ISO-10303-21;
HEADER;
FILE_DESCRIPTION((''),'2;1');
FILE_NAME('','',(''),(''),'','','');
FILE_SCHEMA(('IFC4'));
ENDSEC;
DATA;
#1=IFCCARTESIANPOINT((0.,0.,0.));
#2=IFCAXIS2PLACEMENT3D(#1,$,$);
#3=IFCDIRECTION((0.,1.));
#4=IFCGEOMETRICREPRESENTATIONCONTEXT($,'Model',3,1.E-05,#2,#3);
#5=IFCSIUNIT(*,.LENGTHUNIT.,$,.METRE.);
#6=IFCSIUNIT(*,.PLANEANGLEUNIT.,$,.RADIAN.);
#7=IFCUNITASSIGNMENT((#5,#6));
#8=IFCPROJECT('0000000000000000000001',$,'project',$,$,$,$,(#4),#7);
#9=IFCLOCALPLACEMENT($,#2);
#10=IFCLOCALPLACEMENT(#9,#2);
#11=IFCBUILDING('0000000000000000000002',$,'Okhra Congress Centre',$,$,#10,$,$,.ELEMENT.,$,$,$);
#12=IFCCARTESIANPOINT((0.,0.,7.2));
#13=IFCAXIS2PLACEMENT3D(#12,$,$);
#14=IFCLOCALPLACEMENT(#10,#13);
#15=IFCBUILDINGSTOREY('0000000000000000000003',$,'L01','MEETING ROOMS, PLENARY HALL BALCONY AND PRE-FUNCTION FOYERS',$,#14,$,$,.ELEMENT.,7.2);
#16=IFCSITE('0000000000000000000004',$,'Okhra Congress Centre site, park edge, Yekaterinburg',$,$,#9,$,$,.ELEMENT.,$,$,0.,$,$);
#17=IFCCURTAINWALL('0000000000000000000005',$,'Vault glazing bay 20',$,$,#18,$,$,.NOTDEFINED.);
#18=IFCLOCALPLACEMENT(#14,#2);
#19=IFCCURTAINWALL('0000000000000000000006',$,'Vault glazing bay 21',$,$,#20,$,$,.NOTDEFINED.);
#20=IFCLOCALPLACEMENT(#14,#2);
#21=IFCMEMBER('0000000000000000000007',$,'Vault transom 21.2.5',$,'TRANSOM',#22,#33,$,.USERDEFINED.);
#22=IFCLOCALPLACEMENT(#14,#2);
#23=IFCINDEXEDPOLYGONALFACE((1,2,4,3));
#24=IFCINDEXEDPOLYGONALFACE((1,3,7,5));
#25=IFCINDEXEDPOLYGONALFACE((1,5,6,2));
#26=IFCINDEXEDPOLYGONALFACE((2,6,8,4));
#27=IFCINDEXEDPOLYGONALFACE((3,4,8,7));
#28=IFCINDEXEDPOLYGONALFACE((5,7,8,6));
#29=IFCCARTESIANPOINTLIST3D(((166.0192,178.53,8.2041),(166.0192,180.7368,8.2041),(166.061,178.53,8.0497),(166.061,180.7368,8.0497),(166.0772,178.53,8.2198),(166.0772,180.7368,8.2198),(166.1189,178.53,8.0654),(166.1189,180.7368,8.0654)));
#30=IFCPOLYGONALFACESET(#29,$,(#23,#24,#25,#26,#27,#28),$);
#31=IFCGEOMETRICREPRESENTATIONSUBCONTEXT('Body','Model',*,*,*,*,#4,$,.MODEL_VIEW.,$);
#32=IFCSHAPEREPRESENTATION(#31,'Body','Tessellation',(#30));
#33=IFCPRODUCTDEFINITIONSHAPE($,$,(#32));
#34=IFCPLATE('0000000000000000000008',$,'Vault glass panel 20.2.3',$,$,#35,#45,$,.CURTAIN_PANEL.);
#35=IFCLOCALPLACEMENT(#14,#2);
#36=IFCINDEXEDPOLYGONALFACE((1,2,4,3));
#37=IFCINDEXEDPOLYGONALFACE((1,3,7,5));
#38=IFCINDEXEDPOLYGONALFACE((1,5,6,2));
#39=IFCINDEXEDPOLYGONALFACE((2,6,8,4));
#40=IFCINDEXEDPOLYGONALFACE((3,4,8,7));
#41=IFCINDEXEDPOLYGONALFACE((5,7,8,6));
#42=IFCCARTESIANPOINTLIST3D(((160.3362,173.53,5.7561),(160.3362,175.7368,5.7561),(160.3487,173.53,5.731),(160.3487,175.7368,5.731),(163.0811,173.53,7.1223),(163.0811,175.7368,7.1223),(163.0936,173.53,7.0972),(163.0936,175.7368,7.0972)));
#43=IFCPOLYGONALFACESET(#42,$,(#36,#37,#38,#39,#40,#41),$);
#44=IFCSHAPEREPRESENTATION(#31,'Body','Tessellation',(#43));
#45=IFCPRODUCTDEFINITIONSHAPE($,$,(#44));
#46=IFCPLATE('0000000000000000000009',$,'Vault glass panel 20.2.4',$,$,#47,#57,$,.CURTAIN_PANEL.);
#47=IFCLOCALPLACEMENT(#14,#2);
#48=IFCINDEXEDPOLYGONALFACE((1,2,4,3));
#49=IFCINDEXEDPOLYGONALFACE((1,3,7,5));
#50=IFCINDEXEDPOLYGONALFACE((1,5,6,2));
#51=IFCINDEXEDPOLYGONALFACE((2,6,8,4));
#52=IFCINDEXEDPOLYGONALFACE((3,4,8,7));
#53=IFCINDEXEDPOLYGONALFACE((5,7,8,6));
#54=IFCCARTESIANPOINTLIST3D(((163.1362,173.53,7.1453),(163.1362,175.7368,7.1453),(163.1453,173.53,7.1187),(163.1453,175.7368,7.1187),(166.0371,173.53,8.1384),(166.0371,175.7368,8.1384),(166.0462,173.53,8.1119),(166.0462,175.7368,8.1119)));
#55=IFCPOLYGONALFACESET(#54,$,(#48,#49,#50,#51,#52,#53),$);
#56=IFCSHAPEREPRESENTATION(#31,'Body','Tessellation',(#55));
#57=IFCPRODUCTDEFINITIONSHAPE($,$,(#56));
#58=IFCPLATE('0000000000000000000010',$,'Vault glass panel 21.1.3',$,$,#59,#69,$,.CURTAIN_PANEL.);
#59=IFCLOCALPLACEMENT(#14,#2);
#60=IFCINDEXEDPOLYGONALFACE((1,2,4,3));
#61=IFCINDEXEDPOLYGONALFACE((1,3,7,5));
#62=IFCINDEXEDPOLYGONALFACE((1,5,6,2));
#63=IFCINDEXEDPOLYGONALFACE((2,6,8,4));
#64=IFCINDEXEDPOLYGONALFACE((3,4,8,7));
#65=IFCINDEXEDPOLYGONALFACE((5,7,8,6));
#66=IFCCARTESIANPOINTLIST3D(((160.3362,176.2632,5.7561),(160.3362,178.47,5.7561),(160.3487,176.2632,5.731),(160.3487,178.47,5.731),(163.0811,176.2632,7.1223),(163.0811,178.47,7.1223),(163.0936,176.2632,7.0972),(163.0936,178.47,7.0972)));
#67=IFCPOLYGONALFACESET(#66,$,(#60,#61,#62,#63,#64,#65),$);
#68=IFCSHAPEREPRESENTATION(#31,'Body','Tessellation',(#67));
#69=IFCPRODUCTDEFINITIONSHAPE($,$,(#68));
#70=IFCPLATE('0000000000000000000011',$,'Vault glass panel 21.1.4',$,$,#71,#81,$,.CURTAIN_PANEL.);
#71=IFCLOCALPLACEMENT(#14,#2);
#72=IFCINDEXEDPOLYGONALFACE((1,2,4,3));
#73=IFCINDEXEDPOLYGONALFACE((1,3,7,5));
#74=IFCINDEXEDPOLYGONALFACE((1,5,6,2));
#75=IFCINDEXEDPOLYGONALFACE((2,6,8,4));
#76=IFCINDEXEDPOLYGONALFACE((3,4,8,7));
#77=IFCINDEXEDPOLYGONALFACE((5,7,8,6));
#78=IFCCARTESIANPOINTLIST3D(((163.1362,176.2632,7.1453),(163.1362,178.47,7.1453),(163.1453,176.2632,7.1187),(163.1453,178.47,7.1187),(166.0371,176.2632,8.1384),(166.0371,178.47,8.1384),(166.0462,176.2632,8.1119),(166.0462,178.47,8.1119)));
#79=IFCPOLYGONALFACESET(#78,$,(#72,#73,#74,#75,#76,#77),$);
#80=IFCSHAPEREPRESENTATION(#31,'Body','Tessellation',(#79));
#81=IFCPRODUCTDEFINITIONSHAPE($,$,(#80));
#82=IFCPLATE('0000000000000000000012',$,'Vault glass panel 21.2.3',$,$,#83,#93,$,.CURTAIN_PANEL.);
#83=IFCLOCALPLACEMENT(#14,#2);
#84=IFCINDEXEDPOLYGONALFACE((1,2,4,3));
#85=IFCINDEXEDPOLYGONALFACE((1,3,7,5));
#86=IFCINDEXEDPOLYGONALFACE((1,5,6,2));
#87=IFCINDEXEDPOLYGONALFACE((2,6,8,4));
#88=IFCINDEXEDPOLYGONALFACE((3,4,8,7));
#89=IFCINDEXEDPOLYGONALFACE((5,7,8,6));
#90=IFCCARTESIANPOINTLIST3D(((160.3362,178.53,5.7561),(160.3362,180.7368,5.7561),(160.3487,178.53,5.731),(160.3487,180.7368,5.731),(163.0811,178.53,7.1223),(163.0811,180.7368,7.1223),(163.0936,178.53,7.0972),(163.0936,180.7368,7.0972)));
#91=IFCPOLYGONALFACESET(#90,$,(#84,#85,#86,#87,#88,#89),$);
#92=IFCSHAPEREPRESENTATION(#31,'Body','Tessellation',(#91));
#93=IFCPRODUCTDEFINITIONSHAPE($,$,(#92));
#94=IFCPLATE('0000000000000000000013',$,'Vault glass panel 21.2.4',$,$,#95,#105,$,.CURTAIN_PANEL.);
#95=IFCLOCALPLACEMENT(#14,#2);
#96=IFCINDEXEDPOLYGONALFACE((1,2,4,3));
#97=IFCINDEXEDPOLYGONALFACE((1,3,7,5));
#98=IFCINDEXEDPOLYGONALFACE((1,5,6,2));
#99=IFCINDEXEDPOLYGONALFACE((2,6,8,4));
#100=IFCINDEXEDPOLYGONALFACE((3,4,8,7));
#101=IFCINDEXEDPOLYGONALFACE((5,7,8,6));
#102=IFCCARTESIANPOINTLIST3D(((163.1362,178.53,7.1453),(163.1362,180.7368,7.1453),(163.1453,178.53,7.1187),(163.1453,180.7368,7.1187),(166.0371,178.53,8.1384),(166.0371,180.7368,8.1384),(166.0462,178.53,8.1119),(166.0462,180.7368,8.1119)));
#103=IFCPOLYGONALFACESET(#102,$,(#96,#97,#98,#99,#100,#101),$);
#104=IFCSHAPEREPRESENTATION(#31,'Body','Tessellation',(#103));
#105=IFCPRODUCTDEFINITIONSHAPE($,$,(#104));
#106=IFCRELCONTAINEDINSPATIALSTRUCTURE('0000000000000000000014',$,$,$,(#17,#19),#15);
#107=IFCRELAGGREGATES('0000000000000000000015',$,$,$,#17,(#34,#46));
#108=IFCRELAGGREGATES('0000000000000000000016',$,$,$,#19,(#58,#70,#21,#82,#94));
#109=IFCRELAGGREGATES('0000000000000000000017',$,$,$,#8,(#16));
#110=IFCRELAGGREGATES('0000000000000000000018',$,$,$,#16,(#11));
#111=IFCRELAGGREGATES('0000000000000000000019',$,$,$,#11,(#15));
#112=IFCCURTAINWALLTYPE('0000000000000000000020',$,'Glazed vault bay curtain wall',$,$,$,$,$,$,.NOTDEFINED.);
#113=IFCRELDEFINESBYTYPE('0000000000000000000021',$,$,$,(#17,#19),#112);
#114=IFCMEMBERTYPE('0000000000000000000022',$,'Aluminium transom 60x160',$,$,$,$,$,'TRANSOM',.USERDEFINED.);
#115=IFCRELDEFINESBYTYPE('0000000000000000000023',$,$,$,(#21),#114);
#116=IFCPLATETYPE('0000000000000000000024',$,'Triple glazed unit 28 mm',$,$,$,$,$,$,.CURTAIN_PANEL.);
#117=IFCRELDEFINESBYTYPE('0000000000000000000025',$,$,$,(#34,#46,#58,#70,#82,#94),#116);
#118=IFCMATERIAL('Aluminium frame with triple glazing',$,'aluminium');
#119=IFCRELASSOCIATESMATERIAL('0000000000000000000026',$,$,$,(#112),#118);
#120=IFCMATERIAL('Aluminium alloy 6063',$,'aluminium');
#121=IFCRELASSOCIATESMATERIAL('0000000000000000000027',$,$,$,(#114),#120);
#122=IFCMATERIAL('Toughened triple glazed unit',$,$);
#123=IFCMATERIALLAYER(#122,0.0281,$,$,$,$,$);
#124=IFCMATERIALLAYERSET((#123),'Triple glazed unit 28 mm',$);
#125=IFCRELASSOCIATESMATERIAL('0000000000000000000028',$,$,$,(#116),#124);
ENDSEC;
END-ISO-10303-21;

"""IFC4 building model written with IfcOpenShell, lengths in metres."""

from ifc_helpers import new_model, si_unit, direction, frame, origin, origin_2d, place, context, subcontext, project, spatial, polyline, rectangle, outline, extrude, material, layer, layer_set, material_profile, profile_set, type_object, element, aggregate, save


model = new_model("IFC4")

# Units and contexts
model_context = context("Model", 3, precision=1e-05, world=origin(), true_north=direction((0.0, 1.0)))
body_context = subcontext(model_context, "Body", "Model", "MODEL_VIEW")
ifc_project = project(units=[si_unit("LENGTHUNIT", "METRE"), si_unit("PLANEANGLEUNIT", "RADIAN")], contexts=[model_context])

# Site, building, storey
site_placement = place(None, origin())
site = spatial("IfcSite", under=ifc_project, at=site_placement, Name="Okhra Congress Centre site, park edge, Yekaterinburg", CompositionType="ELEMENT", RefElevation=0.0)
building_placement = place(site_placement, origin())
building = spatial("IfcBuilding", under=site, at=building_placement, Name="Okhra Congress Centre", CompositionType="ELEMENT")
storey_placement = place(building_placement, frame((0.0, 0.0, 7.2)))
storey = spatial("IfcBuildingStorey", under=building, at=storey_placement, Name="L01", Description="MEETING ROOMS, PLENARY HALL BALCONY AND PRE-FUNCTION FOYERS", CompositionType="ELEMENT", Elevation=7.2)

# Curtain walls
ifc_material_1 = material(Name="Aluminium frame with triple glazing", Category="aluminium")
curtain_wall_type = type_object("IfcCurtainWallType", Name="Glazed vault bay curtain wall", PredefinedType="NOTDEFINED", material=ifc_material_1)
curtain_wall_1_placement = place(storey_placement, origin())
curtain_wall_1 = element("IfcCurtainWall", 1, at=curtain_wall_1_placement, inside=storey, type_object=curtain_wall_type, Name="Vault glazing bay 20", PredefinedType="NOTDEFINED")
ifc_material_2 = material(Name="Aluminium alloy 6063", Category="aluminium")
curtain_wall_2_placement = place(storey_placement, origin())
curtain_wall_2 = element("IfcCurtainWall", 2, at=curtain_wall_2_placement, inside=storey, type_object=curtain_wall_type, Name="Vault glazing bay 21", PredefinedType="NOTDEFINED")

# Member
ifc_material_profile_1 = material_profile(ifc_material_2, rectangle(XDim=0.0601, YDim=0.1599, at=origin_2d()), Name="AL 60x160 transom")
ifc_profile_set_1 = profile_set([ifc_material_profile_1], Name="Aluminium alloy 6063")
member_type_1 = type_object("IfcMemberType", Name="Aluminium transom 60x160", ElementType="TRANSOM", PredefinedType="USERDEFINED", material=ifc_profile_set_1)
member_1_placement = place(storey_placement, frame((166.0691, 178.53, 8.1348), z_axis=(0.0, 1.0, 0.0), x_axis=(-0.96538, 0.0, -0.260848)))
member_1 = element("IfcMember", 3, at=member_1_placement, type_object=member_type_1, Name="Vault transom 21.2.5", ObjectType="TRANSOM", PredefinedType="USERDEFINED", context=body_context, shape_type="SweptSolid", body=[
    extrude(rectangle(XDim=0.0601, YDim=0.1599, at=origin_2d()), origin(), (0.0, 0.0, 1.0), 2.2068),
])

# Plates
ifc_material_3 = material(Name="Toughened triple glazed unit")
ifc_layer = layer(ifc_material_3, 0.0281)
ifc_layer_set = layer_set([ifc_layer], Name="Triple glazed unit 28 mm")
plate_type = type_object("IfcPlateType", Name="Triple glazed unit 28 mm", PredefinedType="CURTAIN_PANEL", material=ifc_layer_set)
plate_1_placement = place(storey_placement, frame((160.3362, 173.53, 5.7561), z_axis=(-0.445588, 0.0, 0.895238), x_axis=(0.895238, 0.0, 0.445588)))
plate_1 = element("IfcPlate", 4, at=plate_1_placement, type_object=plate_type, Name="Vault glass panel 20.2.3", PredefinedType="CURTAIN_PANEL", context=body_context, shape_type="SweptSolid", body=[
    extrude(outline(polyline([(0.0, 0.0), (3.0661, 0.0), (3.0661, 2.2068), (0.0, 2.2068), (0.0, 0.0)])), origin(), (0.0, 0.0, -1.0), 0.0281),
])
plate_2_placement = place(storey_placement, frame((163.1362, 173.53, 7.1453), z_axis=(-0.323909, 0.0, 0.946088), x_axis=(0.946088, 0.0, 0.323909)))
plate_2 = element("IfcPlate", 5, at=plate_2_placement, type_object=plate_type, Name="Vault glass panel 20.2.4", PredefinedType="CURTAIN_PANEL", context=body_context, shape_type="SweptSolid", body=[
    extrude(outline(polyline([(0.0, 0.0), (3.0662, 0.0), (3.0662, 2.2068), (0.0, 2.2068), (0.0, 0.0)])), origin(), (0.0, 0.0, -1.0), 0.0281),
])
aggregate(curtain_wall_1, [plate_1, plate_2])
plate_3_placement = place(storey_placement, frame((160.3362, 176.2632, 5.7561), z_axis=(-0.445588, 0.0, 0.895238), x_axis=(0.895238, 0.0, 0.445588)))
plate_3 = element("IfcPlate", 6, at=plate_3_placement, type_object=plate_type, Name="Vault glass panel 21.1.3", PredefinedType="CURTAIN_PANEL", context=body_context, shape_type="SweptSolid", body=[
    extrude(outline(polyline([(0.0, 0.0), (3.0661, 0.0), (3.0661, 2.2068), (0.0, 2.2068), (0.0, 0.0)])), origin(), (0.0, 0.0, -1.0), 0.0281),
])
plate_4_placement = place(storey_placement, frame((163.1362, 176.2632, 7.1453), z_axis=(-0.323909, 0.0, 0.946088), x_axis=(0.946088, 0.0, 0.323909)))
plate_4 = element("IfcPlate", 7, at=plate_4_placement, type_object=plate_type, Name="Vault glass panel 21.1.4", PredefinedType="CURTAIN_PANEL", context=body_context, shape_type="SweptSolid", body=[
    extrude(outline(polyline([(0.0, 0.0), (3.0662, 0.0), (3.0662, 2.2068), (0.0, 2.2068), (0.0, 0.0)])), origin(), (0.0, 0.0, -1.0), 0.0281),
])
plate_5_placement = place(storey_placement, frame((160.3362, 178.53, 5.7561), z_axis=(-0.445588, 0.0, 0.895238), x_axis=(0.895238, 0.0, 0.445588)))
plate_5 = element("IfcPlate", 8, at=plate_5_placement, type_object=plate_type, Name="Vault glass panel 21.2.3", PredefinedType="CURTAIN_PANEL", context=body_context, shape_type="SweptSolid", body=[
    extrude(outline(polyline([(0.0, 0.0), (3.0661, 0.0), (3.0661, 2.2068), (0.0, 2.2068), (0.0, 0.0)])), origin(), (0.0, 0.0, -1.0), 0.0281),
])
plate_6_placement = place(storey_placement, frame((163.1362, 178.53, 7.1453), z_axis=(-0.323909, 0.0, 0.946088), x_axis=(0.946088, 0.0, 0.323909)))
plate_6 = element("IfcPlate", 9, at=plate_6_placement, type_object=plate_type, Name="Vault glass panel 21.2.4", PredefinedType="CURTAIN_PANEL", context=body_context, shape_type="SweptSolid", body=[
    extrude(outline(polyline([(0.0, 0.0), (3.0662, 0.0), (3.0662, 2.2068), (0.0, 2.2068), (0.0, 0.0)])), origin(), (0.0, 0.0, -1.0), 0.0281),
])
aggregate(curtain_wall_2, [plate_3, plate_4, member_1, plate_5, plate_6])

save(model, "model.ifc")
